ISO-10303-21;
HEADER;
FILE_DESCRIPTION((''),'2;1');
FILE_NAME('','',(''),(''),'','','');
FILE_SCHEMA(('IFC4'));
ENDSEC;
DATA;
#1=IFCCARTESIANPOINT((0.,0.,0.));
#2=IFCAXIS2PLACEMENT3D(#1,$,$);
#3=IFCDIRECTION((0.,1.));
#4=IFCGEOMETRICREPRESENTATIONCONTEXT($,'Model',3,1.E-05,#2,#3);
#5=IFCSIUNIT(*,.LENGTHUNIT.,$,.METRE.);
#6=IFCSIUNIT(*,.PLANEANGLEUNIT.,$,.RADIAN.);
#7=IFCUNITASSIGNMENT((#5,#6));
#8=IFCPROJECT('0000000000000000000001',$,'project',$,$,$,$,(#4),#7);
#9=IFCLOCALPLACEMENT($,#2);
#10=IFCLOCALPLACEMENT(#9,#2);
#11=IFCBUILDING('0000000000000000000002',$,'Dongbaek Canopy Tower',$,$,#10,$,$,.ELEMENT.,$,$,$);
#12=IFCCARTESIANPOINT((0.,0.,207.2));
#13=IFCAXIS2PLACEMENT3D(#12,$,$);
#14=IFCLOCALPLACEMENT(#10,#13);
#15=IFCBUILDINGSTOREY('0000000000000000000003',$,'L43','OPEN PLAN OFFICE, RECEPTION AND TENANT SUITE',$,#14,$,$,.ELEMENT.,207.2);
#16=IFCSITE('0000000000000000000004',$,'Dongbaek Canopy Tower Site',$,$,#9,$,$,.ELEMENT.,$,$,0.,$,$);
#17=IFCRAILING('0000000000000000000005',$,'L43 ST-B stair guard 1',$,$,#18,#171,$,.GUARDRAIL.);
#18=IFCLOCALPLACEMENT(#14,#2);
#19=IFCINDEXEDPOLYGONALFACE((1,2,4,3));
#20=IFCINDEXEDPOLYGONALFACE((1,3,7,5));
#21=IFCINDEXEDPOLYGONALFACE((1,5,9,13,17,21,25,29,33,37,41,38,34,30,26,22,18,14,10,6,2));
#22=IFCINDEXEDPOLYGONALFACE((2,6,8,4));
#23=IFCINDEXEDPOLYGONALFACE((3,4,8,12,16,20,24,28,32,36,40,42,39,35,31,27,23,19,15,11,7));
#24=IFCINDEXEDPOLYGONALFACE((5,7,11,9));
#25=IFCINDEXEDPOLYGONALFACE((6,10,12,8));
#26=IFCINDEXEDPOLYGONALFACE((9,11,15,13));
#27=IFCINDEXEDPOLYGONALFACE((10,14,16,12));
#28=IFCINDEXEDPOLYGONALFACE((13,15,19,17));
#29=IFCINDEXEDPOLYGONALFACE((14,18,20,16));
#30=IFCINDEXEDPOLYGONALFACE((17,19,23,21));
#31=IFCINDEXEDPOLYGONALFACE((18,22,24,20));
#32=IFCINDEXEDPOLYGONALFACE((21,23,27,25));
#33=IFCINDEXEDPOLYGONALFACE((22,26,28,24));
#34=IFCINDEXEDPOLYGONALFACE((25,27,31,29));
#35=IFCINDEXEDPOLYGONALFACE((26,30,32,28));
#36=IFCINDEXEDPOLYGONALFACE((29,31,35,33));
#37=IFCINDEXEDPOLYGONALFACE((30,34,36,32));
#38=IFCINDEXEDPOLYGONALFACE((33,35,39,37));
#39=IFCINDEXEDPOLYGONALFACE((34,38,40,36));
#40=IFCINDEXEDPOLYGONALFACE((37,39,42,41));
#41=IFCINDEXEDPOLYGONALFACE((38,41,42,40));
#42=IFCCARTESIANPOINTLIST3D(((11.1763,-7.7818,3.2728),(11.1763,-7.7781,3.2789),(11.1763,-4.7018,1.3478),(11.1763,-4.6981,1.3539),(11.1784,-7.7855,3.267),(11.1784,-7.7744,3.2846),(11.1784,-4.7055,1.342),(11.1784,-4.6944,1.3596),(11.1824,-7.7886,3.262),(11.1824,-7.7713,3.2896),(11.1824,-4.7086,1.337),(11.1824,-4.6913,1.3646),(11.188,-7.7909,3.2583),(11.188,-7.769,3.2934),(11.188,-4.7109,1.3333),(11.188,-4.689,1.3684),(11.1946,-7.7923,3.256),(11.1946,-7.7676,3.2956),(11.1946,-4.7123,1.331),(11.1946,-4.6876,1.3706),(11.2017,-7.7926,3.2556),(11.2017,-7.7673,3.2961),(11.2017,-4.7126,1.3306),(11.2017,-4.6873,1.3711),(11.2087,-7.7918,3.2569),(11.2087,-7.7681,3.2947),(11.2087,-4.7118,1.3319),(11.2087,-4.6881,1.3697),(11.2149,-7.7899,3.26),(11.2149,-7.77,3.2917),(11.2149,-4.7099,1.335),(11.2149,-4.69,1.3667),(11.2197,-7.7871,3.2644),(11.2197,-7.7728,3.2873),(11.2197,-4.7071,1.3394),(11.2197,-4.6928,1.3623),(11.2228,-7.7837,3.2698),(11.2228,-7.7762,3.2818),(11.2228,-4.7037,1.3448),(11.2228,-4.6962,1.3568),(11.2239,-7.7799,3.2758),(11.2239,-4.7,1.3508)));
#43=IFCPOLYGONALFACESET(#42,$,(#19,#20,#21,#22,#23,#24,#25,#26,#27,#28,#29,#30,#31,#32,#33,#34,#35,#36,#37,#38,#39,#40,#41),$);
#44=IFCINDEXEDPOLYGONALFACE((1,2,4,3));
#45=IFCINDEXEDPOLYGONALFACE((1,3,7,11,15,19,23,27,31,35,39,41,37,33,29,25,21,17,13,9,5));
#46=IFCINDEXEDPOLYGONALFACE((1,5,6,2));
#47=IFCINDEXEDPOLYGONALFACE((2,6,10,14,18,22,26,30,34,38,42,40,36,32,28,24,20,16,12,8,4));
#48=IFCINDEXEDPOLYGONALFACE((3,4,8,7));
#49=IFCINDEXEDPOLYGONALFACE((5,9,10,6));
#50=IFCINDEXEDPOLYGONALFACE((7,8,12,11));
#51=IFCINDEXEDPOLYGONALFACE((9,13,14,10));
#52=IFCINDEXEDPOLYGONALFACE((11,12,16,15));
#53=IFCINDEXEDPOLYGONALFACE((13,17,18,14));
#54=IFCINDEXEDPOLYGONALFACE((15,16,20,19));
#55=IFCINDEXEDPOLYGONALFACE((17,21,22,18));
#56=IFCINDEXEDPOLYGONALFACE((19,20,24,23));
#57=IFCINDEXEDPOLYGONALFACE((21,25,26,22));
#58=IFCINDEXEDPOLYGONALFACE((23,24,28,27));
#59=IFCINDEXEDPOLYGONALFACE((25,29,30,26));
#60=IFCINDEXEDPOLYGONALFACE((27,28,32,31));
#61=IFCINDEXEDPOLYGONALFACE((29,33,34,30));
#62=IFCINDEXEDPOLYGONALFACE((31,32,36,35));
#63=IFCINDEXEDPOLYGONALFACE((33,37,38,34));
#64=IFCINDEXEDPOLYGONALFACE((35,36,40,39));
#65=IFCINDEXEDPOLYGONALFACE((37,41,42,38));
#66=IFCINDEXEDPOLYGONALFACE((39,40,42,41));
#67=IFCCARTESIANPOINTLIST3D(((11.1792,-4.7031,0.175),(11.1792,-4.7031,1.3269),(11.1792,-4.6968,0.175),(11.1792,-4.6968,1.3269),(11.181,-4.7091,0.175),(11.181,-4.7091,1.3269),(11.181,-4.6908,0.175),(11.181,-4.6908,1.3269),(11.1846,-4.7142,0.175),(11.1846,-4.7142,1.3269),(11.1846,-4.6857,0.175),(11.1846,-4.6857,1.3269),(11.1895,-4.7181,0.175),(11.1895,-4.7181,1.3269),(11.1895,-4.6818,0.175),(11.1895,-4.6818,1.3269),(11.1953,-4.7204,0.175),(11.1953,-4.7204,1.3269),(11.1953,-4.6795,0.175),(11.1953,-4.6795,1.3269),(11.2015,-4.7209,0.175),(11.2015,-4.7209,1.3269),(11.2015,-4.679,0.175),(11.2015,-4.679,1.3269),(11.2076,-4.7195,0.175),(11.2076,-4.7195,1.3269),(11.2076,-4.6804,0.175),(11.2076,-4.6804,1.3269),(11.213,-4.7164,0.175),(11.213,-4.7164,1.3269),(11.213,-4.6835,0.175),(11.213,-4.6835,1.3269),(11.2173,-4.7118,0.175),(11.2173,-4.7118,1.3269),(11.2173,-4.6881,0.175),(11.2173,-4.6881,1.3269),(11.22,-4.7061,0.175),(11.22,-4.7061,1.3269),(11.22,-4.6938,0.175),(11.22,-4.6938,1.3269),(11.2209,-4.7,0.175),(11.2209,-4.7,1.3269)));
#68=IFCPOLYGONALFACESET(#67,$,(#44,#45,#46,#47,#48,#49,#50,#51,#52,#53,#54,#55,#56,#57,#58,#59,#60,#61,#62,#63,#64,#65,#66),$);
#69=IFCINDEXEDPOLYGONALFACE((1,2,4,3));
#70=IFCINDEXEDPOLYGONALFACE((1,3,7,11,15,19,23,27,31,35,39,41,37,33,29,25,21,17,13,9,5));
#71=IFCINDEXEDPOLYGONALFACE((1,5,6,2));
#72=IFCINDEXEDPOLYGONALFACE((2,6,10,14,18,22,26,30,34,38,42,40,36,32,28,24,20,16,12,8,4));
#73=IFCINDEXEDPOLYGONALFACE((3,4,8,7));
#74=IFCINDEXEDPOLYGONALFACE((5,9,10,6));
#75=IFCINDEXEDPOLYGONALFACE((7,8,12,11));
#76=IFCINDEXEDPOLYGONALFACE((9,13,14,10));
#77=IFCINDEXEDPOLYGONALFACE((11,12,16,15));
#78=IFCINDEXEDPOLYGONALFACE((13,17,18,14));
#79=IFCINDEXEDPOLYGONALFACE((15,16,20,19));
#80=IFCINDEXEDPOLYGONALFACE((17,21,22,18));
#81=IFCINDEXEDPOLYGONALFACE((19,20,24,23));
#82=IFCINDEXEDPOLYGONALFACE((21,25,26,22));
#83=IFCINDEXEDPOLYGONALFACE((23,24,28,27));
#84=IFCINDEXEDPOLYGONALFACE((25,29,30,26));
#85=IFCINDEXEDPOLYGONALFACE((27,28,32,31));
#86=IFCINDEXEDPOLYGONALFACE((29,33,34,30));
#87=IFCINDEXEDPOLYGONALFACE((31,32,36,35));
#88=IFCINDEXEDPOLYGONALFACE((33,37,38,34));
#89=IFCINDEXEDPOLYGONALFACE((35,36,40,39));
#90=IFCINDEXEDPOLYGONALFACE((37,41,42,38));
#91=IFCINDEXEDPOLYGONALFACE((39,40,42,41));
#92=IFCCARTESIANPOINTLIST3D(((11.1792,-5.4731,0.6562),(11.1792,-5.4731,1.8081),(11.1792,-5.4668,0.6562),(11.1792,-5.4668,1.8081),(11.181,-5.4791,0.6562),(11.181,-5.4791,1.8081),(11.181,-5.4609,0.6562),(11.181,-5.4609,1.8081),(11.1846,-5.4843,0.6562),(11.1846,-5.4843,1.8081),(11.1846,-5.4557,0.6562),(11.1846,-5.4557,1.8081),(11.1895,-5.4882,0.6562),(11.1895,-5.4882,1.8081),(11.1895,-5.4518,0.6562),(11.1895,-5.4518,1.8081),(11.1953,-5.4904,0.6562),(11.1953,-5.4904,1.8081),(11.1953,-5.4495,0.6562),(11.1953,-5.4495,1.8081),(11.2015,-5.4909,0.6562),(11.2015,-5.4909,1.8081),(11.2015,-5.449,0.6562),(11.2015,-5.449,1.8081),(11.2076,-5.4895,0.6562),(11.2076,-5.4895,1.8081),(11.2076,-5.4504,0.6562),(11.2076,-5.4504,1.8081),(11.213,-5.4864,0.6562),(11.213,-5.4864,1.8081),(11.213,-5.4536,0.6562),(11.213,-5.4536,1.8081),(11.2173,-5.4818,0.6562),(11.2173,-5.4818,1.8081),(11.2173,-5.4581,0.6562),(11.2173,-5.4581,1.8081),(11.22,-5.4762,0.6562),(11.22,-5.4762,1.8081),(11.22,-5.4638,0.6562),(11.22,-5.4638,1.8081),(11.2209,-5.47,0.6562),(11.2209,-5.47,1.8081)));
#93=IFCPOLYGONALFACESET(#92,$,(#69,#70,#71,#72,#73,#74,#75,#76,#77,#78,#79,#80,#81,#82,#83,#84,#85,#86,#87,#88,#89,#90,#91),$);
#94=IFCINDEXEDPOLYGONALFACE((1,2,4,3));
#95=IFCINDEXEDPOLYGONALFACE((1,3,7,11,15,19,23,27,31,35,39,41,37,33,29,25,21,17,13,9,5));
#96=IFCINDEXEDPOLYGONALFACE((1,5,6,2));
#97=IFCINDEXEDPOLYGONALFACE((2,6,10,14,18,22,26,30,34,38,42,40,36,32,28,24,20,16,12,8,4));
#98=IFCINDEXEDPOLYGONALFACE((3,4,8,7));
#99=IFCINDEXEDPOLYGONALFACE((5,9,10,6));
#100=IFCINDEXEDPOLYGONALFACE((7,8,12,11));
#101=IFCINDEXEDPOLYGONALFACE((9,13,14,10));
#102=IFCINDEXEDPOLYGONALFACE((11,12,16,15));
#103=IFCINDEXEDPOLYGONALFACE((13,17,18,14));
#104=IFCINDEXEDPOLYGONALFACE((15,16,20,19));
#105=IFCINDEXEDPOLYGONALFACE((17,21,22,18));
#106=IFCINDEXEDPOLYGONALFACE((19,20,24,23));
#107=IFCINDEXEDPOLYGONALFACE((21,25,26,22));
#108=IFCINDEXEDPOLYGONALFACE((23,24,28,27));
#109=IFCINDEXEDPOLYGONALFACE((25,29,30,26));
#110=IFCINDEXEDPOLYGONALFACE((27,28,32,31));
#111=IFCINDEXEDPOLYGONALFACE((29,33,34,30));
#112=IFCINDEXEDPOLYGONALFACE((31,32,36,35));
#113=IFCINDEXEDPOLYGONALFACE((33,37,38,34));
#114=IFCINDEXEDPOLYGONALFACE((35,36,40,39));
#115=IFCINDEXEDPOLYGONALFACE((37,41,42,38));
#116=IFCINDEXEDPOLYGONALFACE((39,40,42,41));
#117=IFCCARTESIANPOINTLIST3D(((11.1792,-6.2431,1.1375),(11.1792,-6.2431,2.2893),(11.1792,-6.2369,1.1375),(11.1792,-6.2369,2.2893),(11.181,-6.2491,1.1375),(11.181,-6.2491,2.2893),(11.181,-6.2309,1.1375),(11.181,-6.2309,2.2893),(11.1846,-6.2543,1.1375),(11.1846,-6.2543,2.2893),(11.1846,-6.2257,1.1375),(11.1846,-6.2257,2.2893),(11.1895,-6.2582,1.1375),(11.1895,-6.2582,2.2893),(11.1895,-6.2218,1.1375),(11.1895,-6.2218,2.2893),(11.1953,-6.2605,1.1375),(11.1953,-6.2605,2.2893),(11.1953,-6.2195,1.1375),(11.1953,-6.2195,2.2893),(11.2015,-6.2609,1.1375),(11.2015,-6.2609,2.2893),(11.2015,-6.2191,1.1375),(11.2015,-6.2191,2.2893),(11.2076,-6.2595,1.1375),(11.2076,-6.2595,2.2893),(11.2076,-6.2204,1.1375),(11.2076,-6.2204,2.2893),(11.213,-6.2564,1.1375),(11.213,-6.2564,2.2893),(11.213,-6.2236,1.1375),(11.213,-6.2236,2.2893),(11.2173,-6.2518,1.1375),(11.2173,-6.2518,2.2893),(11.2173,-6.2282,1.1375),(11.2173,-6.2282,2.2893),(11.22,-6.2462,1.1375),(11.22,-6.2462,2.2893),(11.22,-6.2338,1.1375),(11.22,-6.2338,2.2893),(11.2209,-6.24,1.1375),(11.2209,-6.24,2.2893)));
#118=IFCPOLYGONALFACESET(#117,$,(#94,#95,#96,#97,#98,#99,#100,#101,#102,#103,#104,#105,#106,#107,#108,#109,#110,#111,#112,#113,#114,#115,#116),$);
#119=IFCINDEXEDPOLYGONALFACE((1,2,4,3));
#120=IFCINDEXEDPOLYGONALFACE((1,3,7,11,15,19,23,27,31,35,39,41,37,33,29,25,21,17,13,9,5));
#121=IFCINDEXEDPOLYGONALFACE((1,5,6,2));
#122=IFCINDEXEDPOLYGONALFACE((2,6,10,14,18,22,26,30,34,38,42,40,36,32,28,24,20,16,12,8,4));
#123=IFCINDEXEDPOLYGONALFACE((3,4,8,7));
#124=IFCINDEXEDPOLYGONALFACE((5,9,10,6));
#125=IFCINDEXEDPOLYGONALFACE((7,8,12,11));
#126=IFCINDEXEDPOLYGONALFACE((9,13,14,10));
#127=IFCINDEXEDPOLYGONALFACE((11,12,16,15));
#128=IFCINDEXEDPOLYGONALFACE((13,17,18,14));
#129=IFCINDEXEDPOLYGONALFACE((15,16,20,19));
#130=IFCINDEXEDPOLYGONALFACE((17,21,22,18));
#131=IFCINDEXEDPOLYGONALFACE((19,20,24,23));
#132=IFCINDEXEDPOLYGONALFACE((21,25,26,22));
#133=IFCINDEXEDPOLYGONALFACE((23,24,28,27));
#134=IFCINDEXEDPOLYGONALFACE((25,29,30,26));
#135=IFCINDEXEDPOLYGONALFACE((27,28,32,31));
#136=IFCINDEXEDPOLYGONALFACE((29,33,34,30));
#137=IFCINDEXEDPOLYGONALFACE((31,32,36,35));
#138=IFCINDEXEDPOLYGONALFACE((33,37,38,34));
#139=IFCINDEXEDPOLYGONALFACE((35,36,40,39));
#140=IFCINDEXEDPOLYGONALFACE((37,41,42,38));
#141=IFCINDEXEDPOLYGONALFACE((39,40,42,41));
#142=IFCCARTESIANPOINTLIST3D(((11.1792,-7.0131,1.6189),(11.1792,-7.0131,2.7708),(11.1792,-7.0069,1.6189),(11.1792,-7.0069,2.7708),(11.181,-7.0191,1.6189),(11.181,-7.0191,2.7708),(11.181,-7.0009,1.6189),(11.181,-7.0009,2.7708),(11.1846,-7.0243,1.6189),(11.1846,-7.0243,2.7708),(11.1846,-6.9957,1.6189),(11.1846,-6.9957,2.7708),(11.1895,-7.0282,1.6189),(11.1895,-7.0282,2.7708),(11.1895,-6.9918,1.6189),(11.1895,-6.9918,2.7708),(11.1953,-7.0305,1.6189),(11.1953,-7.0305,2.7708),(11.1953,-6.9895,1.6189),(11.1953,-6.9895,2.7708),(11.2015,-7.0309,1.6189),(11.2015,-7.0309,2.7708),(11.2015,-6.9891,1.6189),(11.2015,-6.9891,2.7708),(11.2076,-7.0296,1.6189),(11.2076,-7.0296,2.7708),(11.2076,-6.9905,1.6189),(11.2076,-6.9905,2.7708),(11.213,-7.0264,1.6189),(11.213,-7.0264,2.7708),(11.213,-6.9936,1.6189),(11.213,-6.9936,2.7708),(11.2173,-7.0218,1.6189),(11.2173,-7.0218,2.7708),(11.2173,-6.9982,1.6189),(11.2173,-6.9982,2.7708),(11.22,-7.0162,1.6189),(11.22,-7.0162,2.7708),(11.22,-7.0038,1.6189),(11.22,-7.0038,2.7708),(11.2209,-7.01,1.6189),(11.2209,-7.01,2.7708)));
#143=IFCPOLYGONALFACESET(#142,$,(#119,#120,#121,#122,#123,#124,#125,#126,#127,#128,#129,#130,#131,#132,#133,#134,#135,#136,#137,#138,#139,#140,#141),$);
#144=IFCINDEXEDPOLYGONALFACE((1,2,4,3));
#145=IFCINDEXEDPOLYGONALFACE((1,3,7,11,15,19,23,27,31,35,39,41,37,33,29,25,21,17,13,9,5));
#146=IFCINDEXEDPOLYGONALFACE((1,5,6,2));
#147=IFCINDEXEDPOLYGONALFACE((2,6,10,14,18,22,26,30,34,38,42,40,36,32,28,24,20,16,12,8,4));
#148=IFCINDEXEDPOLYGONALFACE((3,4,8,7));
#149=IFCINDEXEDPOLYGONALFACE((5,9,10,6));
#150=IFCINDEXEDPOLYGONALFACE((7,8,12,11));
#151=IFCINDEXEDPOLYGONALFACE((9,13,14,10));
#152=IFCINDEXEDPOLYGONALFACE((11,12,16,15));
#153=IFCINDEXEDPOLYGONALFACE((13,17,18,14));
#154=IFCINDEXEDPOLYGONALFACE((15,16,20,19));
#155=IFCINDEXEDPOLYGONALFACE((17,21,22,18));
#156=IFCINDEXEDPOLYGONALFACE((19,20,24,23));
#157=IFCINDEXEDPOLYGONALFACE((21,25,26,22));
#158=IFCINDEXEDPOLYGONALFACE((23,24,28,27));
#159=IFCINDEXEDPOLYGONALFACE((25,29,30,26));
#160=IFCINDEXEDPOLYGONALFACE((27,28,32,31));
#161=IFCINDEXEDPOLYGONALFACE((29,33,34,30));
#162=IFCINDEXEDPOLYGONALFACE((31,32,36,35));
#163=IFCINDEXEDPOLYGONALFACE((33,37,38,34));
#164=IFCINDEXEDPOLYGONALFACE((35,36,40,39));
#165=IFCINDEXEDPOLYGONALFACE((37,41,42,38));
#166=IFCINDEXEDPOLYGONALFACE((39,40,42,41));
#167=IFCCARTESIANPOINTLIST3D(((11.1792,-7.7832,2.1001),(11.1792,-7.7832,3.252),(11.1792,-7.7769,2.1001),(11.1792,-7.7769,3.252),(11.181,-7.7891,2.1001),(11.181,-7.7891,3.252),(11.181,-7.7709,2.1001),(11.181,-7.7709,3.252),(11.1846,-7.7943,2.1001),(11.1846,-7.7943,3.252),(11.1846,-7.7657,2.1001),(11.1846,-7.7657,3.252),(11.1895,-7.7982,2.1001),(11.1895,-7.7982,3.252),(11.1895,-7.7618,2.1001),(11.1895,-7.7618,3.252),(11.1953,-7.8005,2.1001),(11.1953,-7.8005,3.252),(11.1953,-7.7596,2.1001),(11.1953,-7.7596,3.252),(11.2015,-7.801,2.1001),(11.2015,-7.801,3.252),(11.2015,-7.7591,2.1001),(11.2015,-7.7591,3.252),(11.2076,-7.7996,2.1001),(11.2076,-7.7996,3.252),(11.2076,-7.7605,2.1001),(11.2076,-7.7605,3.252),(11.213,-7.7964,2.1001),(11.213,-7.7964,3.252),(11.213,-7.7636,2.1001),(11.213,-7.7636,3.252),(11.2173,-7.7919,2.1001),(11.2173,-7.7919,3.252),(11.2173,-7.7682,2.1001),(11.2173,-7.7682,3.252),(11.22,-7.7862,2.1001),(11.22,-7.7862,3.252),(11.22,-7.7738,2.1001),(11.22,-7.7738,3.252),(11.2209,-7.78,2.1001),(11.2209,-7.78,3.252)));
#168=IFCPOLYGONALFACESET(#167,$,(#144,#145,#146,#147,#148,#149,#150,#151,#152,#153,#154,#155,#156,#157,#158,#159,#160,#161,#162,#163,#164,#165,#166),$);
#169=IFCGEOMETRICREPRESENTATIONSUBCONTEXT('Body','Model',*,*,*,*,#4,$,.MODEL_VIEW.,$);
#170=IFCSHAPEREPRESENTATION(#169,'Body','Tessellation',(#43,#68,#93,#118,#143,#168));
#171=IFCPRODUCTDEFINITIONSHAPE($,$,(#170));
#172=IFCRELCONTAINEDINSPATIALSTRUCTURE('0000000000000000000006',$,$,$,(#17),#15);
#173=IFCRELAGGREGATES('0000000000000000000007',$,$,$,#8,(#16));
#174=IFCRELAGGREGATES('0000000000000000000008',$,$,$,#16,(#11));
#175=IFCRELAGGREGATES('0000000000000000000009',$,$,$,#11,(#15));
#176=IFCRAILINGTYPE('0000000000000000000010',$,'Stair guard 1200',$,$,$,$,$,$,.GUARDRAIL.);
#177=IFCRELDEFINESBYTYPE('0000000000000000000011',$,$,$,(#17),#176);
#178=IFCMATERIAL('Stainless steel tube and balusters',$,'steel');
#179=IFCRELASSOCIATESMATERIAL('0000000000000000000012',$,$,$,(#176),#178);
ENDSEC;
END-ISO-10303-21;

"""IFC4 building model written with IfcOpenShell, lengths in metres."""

from ifc_helpers import new_model, si_unit, direction, frame, origin, origin_2d, place, context, subcontext, project, spatial, circle, extrude, material, type_object, element, save


model = new_model("IFC4")

# Units and contexts
model_context = context("Model", 3, precision=1e-05, world=origin(), true_north=direction((0.0, 1.0)))
body_context = subcontext(model_context, "Body", "Model", "MODEL_VIEW")
ifc_project = project(units=[si_unit("LENGTHUNIT", "METRE"), si_unit("PLANEANGLEUNIT", "RADIAN")], contexts=[model_context])

# Site, building, storey
site_placement = place(None, origin())
site = spatial("IfcSite", under=ifc_project, at=site_placement, Name="Dongbaek Canopy Tower Site", CompositionType="ELEMENT", RefElevation=0.0)
building_placement = place(site_placement, origin())
building = spatial("IfcBuilding", under=site, at=building_placement, Name="Dongbaek Canopy Tower", CompositionType="ELEMENT")
storey_placement = place(building_placement, frame((0.0, 0.0, 207.2)))
storey = spatial("IfcBuildingStorey", under=building, at=storey_placement, Name="L43", Description="OPEN PLAN OFFICE, RECEPTION AND TENANT SUITE", CompositionType="ELEMENT", Elevation=207.2)

# Railing
ifc_material_1 = material(Name="Stainless steel tube and balusters", Category="steel")
railing_type_1 = type_object("IfcRailingType", Name="Stair guard 1200", PredefinedType="GUARDRAIL", material=ifc_material_1)
railing_1_placement = place(storey_placement, frame((11.2, -4.7, 0.175)))
element("IfcRailing", 1, at=railing_1_placement, inside=storey, type_object=railing_type_1, Name="L43 ST-B stair guard 1", PredefinedType="GUARDRAIL", context=body_context, shape_type="SweptSolid", body=[
    extrude(circle(Radius=0.0239, at=origin_2d()), frame((0.0, 0.0, 1.1758), z_axis=(0.0, -0.847998, 0.529999), x_axis=(1.0, 0.0, 0.0)), (0.0, 0.0, 1.0), 3.6321),
    extrude(circle(Radius=0.021, at=origin_2d()), origin(), (0.0, 0.0, 1.0), 1.1519),
    extrude(circle(Radius=0.021, at=origin_2d()), frame((0.0, -0.77, 0.4812)), (0.0, 0.0, 1.0), 1.1519),
    extrude(circle(Radius=0.021, at=origin_2d()), frame((0.0, -1.54, 0.9624)), (0.0, 0.0, 1.0), 1.1519),
    extrude(circle(Radius=0.021, at=origin_2d()), frame((0.0, -2.3101, 1.4438)), (0.0, 0.0, 1.0), 1.1519),
    extrude(circle(Radius=0.021, at=origin_2d()), frame((0.0, -3.0801, 1.925)), (0.0, 0.0, 1.0), 1.1519),
])

save(model, "model.ifc")
